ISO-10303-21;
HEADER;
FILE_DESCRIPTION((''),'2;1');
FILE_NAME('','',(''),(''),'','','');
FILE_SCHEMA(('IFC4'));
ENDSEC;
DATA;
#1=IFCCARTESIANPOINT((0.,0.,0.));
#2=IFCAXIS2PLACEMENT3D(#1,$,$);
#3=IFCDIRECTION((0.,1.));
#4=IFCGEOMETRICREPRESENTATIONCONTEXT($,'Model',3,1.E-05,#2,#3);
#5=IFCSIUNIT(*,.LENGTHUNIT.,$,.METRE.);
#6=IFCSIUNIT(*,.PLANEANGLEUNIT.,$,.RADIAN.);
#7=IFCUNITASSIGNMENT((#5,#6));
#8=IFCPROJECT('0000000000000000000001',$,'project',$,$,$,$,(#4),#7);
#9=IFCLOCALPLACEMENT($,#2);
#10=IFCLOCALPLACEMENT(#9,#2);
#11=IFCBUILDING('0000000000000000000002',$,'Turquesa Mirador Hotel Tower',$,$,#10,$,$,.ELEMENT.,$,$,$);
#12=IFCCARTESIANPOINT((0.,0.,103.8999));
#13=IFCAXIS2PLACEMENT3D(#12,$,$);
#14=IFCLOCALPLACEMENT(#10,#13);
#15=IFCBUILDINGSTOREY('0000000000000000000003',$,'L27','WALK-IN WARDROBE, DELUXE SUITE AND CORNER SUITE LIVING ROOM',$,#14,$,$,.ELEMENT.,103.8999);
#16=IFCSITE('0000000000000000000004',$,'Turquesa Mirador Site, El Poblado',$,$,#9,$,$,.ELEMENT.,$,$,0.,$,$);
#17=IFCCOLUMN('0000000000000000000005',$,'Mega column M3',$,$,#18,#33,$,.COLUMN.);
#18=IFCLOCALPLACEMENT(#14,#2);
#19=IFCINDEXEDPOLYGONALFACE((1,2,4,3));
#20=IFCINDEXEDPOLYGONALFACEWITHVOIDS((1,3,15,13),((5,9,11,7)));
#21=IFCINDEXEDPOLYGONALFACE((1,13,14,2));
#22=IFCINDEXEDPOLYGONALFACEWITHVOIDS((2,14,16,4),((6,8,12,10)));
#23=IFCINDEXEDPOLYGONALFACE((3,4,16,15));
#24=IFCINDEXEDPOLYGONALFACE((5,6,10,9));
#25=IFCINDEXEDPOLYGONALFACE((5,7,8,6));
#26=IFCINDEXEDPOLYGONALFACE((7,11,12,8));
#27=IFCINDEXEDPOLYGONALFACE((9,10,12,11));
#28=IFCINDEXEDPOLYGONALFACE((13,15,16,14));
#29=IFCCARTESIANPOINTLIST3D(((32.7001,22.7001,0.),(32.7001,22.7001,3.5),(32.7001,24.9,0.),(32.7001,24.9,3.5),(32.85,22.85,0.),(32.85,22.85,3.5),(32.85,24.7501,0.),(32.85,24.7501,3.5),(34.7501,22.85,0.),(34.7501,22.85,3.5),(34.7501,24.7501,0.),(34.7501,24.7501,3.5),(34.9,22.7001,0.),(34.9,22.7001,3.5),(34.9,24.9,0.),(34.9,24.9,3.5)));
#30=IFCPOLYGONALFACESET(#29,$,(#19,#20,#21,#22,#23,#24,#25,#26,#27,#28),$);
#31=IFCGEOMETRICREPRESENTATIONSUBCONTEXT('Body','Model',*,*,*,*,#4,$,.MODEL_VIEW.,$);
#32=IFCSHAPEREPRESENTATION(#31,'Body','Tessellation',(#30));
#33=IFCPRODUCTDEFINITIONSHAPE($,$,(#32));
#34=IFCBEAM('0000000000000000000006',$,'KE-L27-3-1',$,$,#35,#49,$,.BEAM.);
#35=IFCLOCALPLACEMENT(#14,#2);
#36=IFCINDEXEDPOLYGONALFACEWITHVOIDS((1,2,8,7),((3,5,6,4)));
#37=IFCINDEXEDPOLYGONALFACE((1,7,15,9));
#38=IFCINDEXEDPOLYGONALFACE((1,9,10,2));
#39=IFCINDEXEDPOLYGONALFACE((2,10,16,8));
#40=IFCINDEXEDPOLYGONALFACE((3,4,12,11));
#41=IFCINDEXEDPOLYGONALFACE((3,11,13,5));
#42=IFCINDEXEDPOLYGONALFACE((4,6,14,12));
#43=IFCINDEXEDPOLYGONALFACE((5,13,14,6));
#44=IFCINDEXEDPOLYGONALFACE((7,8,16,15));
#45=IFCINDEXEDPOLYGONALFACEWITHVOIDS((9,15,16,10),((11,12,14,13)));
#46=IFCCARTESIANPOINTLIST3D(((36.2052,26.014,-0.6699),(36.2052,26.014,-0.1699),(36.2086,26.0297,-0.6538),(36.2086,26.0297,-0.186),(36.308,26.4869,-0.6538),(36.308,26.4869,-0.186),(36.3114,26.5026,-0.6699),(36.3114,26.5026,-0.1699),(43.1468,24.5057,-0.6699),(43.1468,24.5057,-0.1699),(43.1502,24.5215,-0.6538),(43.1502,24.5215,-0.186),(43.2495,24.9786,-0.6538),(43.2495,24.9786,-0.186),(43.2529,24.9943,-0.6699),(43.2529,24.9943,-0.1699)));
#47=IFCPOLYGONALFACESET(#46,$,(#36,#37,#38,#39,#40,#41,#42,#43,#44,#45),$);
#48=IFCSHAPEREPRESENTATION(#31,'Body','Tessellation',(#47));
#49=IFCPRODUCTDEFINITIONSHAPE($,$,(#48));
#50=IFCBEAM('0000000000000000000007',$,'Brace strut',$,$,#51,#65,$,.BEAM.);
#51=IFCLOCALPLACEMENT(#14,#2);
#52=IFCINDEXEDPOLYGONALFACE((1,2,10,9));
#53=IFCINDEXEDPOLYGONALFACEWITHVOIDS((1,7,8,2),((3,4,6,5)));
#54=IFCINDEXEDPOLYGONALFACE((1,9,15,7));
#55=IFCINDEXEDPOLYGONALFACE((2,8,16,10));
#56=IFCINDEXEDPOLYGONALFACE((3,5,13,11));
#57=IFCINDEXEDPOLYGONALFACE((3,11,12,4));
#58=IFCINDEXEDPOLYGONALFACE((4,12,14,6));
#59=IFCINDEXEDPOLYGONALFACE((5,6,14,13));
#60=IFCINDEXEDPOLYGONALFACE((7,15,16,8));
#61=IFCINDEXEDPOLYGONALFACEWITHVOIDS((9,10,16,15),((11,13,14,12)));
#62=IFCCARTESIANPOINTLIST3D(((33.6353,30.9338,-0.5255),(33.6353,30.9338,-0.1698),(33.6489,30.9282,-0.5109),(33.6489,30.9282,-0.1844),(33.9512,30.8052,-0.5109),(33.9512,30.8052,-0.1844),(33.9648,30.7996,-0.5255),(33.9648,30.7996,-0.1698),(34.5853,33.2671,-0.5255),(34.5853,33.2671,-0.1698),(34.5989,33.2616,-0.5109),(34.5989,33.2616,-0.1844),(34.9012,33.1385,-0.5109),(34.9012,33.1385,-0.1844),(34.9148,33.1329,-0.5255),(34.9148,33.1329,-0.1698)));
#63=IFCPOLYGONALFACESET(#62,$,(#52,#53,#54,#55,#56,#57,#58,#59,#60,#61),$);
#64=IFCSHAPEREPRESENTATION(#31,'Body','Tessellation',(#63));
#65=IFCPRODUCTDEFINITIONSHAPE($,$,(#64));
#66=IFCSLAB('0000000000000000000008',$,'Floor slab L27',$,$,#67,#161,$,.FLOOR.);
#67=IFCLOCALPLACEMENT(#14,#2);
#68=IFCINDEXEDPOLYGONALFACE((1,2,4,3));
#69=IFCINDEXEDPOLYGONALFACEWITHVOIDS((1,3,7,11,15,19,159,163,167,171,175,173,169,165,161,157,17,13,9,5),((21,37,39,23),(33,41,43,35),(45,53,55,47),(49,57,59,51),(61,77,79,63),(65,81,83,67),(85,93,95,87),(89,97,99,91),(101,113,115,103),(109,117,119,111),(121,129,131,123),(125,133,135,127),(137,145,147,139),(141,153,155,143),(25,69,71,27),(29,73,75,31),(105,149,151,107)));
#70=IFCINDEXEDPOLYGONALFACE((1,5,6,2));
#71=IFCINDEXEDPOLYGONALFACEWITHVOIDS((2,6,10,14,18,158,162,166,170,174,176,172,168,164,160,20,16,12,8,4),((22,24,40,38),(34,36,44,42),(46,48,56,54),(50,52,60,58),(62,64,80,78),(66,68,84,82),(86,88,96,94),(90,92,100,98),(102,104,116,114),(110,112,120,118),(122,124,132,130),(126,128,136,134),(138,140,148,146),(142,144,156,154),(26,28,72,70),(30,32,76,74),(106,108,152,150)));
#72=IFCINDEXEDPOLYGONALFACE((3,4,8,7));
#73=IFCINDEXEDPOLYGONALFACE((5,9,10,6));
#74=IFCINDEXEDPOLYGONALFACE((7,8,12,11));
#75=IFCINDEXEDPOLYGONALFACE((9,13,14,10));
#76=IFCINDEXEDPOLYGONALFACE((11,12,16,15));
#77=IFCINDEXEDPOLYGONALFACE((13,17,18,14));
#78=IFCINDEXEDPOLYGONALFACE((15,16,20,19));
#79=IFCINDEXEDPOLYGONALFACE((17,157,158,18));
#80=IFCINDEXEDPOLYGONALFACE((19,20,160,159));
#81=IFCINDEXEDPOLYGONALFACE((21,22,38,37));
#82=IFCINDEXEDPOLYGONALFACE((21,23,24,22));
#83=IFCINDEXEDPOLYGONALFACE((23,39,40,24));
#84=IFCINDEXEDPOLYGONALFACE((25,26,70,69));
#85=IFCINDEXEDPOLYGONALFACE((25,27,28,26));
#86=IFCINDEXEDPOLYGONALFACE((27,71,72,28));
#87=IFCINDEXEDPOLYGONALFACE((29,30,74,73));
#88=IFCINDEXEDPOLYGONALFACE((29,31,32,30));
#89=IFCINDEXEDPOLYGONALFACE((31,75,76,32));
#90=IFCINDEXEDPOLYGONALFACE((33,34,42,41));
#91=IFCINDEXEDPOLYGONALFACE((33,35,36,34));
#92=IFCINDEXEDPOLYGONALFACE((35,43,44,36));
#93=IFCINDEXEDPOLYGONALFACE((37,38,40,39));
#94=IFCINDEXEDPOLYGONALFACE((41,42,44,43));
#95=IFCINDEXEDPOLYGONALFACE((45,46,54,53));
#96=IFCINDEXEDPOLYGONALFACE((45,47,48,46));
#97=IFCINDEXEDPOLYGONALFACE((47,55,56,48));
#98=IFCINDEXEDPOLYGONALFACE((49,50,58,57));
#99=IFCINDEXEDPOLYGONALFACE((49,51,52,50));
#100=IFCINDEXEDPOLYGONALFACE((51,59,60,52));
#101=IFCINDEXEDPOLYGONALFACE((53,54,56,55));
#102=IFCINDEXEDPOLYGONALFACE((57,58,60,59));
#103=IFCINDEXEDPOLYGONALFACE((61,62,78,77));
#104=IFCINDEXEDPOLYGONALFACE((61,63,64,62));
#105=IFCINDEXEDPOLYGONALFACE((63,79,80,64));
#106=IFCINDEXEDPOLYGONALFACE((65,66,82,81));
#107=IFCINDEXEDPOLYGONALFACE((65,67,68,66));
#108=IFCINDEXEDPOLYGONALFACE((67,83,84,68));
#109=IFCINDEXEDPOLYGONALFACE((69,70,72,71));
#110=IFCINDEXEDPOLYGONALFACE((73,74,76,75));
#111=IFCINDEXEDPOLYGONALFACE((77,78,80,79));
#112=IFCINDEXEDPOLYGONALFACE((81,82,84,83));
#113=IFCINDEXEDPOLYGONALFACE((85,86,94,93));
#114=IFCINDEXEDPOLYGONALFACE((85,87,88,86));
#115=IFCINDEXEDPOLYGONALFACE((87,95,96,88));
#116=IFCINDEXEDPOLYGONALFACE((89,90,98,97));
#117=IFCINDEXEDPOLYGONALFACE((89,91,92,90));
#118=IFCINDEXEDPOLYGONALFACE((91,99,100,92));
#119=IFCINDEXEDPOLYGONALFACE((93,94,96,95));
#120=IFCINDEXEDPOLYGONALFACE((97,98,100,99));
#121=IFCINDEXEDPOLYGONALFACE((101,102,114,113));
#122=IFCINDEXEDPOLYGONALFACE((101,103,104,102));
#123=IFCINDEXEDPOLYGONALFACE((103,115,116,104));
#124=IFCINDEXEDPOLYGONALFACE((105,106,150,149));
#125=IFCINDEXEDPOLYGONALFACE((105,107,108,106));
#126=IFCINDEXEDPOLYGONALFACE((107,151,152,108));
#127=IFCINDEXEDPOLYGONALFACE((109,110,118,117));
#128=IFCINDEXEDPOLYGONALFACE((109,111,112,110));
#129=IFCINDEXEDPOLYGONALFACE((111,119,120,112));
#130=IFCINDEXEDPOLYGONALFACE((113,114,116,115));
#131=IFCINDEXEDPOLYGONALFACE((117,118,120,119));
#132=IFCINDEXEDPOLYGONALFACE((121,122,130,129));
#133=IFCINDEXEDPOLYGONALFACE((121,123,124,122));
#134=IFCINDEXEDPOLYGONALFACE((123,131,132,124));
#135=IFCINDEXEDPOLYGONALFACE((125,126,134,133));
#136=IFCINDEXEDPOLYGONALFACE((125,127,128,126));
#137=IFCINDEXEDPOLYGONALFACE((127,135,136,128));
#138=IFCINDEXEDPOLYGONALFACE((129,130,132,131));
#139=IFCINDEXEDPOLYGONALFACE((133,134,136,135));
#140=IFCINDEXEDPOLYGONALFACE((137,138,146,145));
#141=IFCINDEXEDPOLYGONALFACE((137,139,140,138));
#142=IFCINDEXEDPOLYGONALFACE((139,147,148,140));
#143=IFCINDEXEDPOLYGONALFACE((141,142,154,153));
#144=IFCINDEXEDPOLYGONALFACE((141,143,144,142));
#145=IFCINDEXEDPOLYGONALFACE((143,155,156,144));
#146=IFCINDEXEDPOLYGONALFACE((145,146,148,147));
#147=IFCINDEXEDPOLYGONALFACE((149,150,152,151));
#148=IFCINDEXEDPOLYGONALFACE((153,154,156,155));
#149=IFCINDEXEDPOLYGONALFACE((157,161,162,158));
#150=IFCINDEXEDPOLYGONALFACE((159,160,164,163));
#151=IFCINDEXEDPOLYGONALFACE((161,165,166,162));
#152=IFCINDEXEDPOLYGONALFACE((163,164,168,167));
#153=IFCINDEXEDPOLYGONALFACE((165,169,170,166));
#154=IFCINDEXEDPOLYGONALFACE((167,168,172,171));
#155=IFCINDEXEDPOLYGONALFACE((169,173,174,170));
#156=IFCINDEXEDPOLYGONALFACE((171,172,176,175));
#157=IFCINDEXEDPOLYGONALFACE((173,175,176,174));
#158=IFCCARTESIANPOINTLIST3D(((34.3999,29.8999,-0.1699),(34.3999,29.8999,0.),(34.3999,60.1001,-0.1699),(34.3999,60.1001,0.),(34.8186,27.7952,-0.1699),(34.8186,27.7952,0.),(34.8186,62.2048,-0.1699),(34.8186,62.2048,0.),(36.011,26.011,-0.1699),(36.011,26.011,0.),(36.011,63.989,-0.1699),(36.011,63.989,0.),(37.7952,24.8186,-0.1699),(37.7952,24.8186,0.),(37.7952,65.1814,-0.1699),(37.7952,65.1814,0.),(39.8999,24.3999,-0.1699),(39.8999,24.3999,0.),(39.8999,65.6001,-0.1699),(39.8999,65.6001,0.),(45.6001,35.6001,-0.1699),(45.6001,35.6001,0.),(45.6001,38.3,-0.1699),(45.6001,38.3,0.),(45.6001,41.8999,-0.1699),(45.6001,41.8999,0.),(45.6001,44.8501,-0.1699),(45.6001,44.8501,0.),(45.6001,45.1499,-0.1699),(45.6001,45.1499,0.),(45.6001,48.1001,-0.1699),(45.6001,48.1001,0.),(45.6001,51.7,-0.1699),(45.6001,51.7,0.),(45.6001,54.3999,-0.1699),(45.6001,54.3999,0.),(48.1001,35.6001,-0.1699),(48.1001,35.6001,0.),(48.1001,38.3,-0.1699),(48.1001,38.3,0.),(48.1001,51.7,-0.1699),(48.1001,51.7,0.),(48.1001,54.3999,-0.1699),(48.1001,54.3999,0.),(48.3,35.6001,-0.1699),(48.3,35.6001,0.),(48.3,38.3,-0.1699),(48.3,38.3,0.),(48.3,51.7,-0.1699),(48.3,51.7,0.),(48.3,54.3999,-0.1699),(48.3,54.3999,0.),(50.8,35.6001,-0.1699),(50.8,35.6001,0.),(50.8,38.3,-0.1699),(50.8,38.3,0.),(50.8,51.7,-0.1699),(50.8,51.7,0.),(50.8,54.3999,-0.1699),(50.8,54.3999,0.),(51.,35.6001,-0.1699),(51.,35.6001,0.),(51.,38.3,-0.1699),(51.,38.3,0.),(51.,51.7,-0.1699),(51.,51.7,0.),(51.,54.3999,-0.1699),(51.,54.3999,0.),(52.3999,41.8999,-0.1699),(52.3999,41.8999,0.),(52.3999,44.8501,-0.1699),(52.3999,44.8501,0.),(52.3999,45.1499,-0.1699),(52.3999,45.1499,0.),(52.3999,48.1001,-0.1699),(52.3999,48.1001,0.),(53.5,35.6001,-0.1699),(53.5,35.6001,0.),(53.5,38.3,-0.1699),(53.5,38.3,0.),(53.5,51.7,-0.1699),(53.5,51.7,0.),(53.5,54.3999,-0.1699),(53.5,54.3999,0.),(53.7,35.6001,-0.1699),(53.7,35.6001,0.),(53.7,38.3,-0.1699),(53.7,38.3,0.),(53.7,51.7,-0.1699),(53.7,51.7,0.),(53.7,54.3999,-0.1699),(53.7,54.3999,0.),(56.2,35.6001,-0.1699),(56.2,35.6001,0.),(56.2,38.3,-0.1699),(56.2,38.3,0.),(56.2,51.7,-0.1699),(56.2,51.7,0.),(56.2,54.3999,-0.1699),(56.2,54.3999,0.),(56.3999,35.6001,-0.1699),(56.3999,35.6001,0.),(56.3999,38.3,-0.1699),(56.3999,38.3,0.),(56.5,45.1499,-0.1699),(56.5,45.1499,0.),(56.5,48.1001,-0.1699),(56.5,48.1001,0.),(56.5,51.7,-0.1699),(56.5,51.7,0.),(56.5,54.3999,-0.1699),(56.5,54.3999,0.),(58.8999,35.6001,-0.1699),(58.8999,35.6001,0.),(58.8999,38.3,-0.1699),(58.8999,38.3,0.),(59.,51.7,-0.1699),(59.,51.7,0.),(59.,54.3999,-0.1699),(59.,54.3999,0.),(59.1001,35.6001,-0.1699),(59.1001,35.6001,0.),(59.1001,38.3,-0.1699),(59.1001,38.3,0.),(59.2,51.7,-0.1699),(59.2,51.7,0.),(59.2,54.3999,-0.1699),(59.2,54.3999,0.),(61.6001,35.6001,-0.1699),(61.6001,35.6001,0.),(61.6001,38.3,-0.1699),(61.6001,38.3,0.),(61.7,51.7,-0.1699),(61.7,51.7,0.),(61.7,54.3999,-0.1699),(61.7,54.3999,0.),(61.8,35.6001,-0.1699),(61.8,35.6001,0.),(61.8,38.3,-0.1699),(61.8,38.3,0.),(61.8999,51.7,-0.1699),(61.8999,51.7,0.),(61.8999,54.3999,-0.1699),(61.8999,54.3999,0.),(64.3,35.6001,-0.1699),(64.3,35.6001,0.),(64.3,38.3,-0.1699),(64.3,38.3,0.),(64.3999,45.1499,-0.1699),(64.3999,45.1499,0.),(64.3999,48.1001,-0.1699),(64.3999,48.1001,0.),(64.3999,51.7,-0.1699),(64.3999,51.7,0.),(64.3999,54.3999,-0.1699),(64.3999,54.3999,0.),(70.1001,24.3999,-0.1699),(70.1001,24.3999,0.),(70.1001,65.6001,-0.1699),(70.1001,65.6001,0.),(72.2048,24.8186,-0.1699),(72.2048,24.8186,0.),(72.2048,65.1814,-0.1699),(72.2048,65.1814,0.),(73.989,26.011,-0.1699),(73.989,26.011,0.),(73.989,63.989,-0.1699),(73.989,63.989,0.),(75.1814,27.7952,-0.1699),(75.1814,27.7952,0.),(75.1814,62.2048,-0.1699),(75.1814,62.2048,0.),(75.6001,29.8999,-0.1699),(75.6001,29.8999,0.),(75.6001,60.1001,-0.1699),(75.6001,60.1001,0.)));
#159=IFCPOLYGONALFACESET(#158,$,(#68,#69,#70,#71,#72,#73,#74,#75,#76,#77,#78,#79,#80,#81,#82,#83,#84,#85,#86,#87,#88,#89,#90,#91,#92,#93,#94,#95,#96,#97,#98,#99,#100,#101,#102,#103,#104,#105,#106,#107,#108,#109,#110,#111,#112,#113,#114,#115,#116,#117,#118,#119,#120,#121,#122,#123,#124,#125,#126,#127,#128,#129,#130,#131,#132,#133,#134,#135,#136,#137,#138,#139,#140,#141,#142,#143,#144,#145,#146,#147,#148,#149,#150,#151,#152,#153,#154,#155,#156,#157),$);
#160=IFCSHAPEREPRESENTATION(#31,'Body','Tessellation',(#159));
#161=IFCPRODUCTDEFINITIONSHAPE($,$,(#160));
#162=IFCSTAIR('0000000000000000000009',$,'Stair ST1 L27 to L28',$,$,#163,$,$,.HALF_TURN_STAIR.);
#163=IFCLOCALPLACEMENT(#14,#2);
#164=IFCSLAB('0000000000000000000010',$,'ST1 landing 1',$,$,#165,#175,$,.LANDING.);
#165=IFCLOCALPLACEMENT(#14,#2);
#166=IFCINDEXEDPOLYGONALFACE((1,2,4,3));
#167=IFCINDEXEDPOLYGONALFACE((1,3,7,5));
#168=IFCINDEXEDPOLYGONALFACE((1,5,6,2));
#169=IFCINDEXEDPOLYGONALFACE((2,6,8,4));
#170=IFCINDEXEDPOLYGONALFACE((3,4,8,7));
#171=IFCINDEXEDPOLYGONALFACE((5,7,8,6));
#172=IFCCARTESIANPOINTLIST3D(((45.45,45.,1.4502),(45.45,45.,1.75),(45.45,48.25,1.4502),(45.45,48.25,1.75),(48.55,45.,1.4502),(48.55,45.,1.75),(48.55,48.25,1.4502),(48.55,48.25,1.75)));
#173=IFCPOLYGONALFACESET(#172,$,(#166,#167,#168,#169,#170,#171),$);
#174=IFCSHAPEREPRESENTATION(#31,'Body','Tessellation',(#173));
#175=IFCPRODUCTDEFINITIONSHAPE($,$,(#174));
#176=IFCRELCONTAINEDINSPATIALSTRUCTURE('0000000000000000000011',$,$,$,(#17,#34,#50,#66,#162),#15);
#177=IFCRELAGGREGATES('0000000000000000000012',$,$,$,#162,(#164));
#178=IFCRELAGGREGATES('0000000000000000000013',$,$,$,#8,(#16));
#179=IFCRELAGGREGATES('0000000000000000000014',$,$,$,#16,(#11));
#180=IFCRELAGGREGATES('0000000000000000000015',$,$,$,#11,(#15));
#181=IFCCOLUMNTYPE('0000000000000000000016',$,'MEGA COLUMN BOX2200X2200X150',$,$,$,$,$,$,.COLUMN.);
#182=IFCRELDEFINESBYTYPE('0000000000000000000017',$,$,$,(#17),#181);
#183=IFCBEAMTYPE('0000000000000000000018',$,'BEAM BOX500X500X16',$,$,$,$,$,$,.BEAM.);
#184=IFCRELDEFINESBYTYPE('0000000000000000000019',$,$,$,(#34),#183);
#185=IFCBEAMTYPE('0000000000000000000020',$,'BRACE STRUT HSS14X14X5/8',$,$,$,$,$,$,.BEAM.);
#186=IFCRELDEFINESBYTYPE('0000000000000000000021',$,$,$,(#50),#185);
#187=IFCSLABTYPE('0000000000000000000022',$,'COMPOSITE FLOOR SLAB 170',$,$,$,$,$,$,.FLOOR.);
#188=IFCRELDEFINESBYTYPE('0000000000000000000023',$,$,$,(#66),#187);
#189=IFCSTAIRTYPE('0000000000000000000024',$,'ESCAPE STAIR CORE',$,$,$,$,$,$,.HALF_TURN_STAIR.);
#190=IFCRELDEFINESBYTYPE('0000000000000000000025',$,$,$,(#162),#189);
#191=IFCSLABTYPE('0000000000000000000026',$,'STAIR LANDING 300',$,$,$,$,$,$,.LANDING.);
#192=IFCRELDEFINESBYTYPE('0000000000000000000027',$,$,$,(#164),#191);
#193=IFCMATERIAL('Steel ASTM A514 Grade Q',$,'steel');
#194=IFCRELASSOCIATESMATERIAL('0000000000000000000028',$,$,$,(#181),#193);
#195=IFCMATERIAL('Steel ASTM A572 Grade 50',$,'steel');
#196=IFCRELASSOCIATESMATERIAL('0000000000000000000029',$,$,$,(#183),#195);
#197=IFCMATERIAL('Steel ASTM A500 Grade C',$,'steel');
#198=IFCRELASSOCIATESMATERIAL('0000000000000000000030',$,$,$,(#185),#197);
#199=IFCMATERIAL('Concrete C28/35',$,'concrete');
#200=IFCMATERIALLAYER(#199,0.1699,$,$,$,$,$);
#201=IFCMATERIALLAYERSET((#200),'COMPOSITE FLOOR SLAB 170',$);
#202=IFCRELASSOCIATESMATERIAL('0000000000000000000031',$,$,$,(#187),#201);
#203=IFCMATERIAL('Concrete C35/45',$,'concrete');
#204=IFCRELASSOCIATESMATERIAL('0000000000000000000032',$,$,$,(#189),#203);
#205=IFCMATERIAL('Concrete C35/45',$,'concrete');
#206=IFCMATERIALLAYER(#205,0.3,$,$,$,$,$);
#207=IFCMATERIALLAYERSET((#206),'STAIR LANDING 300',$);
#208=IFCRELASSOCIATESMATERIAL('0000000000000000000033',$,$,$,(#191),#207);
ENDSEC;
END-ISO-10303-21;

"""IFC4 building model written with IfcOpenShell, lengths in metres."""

from ifc_helpers import new_model, si_unit, direction, frame, origin, origin_2d, place, context, subcontext, project, spatial, polyline, hollow_rectangle, outline, extrude, material, layer, layer_set, material_profile, profile_set, type_object, element, aggregate, save


model = new_model("IFC4")

# Units and contexts
model_context = context("Model", 3, precision=1e-05, world=origin(), true_north=direction((0.0, 1.0)))
body_context = subcontext(model_context, "Body", "Model", "MODEL_VIEW")
ifc_project = project(units=[si_unit("LENGTHUNIT", "METRE"), si_unit("PLANEANGLEUNIT", "RADIAN")], contexts=[model_context])

# Site, building, storey
site_placement = place(None, origin())
site = spatial("IfcSite", under=ifc_project, at=site_placement, Name="Turquesa Mirador Site, El Poblado", CompositionType="ELEMENT", RefElevation=0.0)
building_placement = place(site_placement, origin())
building = spatial("IfcBuilding", under=site, at=building_placement, Name="Turquesa Mirador Hotel Tower", CompositionType="ELEMENT")
storey_placement = place(building_placement, frame((0.0, 0.0, 103.8999)))
storey = spatial("IfcBuildingStorey", under=building, at=storey_placement, Name="L27", Description="WALK-IN WARDROBE, DELUXE SUITE AND CORNER SUITE LIVING ROOM", CompositionType="ELEMENT", Elevation=103.8999)

# Column
ifc_material_1 = material(Name="Steel ASTM A514 Grade Q", Category="steel")
ifc_material_profile_1 = material_profile(ifc_material_1, hollow_rectangle(XDim=2.2, YDim=2.2, WallThickness=0.1499, at=origin_2d()), Name="BOX2200X2200X150")
ifc_profile_set_1 = profile_set([ifc_material_profile_1], Name="Steel ASTM A514 Grade Q")
column_type = type_object("IfcColumnType", Name="MEGA COLUMN BOX2200X2200X150", PredefinedType="COLUMN", material=ifc_profile_set_1)
column_placement = place(storey_placement, frame((33.8, 23.8, 0.0), z_axis=(0.0, 0.0, 1.0), x_axis=(1.0, 0.0, 0.0)))
element("IfcColumn", 1, at=column_placement, inside=storey, type_object=column_type, Name="Mega column M3", PredefinedType="COLUMN", context=body_context, shape_type="SweptSolid", body=[
    extrude(hollow_rectangle(XDim=2.2, YDim=2.2, WallThickness=0.1499, at=origin_2d()), origin(), (0.0, 0.0, 1.0), 3.5),
])

# Beams
ifc_material_2 = material(Name="Steel ASTM A572 Grade 50", Category="steel")
ifc_material_profile_2 = material_profile(ifc_material_2, hollow_rectangle(XDim=0.5, YDim=0.5, WallThickness=0.0161, at=origin_2d()), Name="BOX500X500X16")
ifc_profile_set_2 = profile_set([ifc_material_profile_2], Name="Steel ASTM A572 Grade 50")
beam_type_1 = type_object("IfcBeamType", Name="BEAM BOX500X500X16", PredefinedType="BEAM", material=ifc_profile_set_2)
beam_1_placement = place(storey_placement, frame((36.2583, 26.2583, -0.4199), z_axis=(0.977198, -0.212328, 0.0), x_axis=(0.212328, 0.977198, 0.0)))
element("IfcBeam", 2, at=beam_1_placement, inside=storey, type_object=beam_type_1, Name="KE-L27-3-1", PredefinedType="BEAM", context=body_context, shape_type="SweptSolid", body=[
    extrude(hollow_rectangle(XDim=0.5, YDim=0.5, WallThickness=0.0161, at=origin_2d()), origin(), (0.0, 0.0, 1.0), 7.1035),
])
ifc_material_3 = material(Name="Steel ASTM A500 Grade C", Category="steel")
ifc_material_profile_3 = material_profile(ifc_material_3, hollow_rectangle(XDim=0.3557, YDim=0.3557, WallThickness=0.0146, at=origin_2d()), Name="HSS14X14X5/8")
ifc_profile_set_3 = profile_set([ifc_material_profile_3], Name="Steel ASTM A500 Grade C")
beam_type_2 = type_object("IfcBeamType", Name="BRACE STRUT HSS14X14X5/8", PredefinedType="BEAM", material=ifc_profile_set_3)
beam_2_placement = place(storey_placement, frame((33.8, 30.8667, -0.3477), z_axis=(0.377081, 0.92618, 0.0), x_axis=(-0.92618, 0.377081, 0.0)))
element("IfcBeam", 3, at=beam_2_placement, inside=storey, type_object=beam_type_2, Name="Brace strut", PredefinedType="BEAM", context=body_context, shape_type="SweptSolid", body=[
    extrude(hollow_rectangle(XDim=0.3557, YDim=0.3557, WallThickness=0.0146, at=origin_2d()), origin(), (0.0, 0.0, 1.0), 2.5193),
])

# Slab
ifc_material_4 = material(Name="Concrete C28/35", Category="concrete")
ifc_layer_1 = layer(ifc_material_4, 0.1699)
ifc_layer_set_1 = layer_set([ifc_layer_1], Name="COMPOSITE FLOOR SLAB 170")
slab_type_1 = type_object("IfcSlabType", Name="COMPOSITE FLOOR SLAB 170", PredefinedType="FLOOR", material=ifc_layer_set_1)
slab_1_placement = place(storey_placement, frame((0.0, 0.0, -0.1699)))
element("IfcSlab", 4, at=slab_1_placement, inside=storey, type_object=slab_type_1, Name="Floor slab L27", PredefinedType="FLOOR", context=body_context, shape_type="SweptSolid", body=[
    extrude(outline(polyline([(70.1001, 24.3999), (72.2048, 24.8186), (73.989, 26.011), (75.1814, 27.7952), (75.6001, 29.8999), (75.6001, 60.1001), (75.1814, 62.2048), (73.989, 63.989), (72.2048, 65.1814), (70.1001, 65.6001), (39.8999, 65.6001), (37.7952, 65.1814), (36.011, 63.989), (34.8186, 62.2048), (34.3999, 60.1001), (34.3999, 29.8999), (34.8186, 27.7952), (36.011, 26.011), (37.7952, 24.8186), (39.8999, 24.3999), (70.1001, 24.3999)]), holes=[polyline([(45.6001, 51.7), (48.1001, 51.7), (48.1001, 54.3999), (45.6001, 54.3999), (45.6001, 51.7)]), polyline([(48.3, 51.7), (50.8, 51.7), (50.8, 54.3999), (48.3, 54.3999), (48.3, 51.7)]), polyline([(51.0, 51.7), (53.5, 51.7), (53.5, 54.3999), (51.0, 54.3999), (51.0, 51.7)]), polyline([(53.7, 51.7), (56.2, 51.7), (56.2, 54.3999), (53.7, 54.3999), (53.7, 51.7)]), polyline([(56.5, 51.7), (59.0, 51.7), (59.0, 54.3999), (56.5, 54.3999), (56.5, 51.7)]), polyline([(59.2, 51.7), (61.7, 51.7), (61.7, 54.3999), (59.2, 54.3999), (59.2, 51.7)]), polyline([(45.6001, 35.6001), (48.1001, 35.6001), (48.1001, 38.3), (45.6001, 38.3), (45.6001, 35.6001)]), polyline([(48.3, 35.6001), (50.8, 35.6001), (50.8, 38.3), (48.3, 38.3), (48.3, 35.6001)]), polyline([(51.0, 35.6001), (53.5, 35.6001), (53.5, 38.3), (51.0, 38.3), (51.0, 35.6001)]), polyline([(53.7, 35.6001), (56.2, 35.6001), (56.2, 38.3), (53.7, 38.3), (53.7, 35.6001)]), polyline([(56.3999, 35.6001), (58.8999, 35.6001), (58.8999, 38.3), (56.3999, 38.3), (56.3999, 35.6001)]), polyline([(59.1001, 35.6001), (61.6001, 35.6001), (61.6001, 38.3), (59.1001, 38.3), (59.1001, 35.6001)]), polyline([(61.8, 35.6001), (64.3, 35.6001), (64.3, 38.3), (61.8, 38.3), (61.8, 35.6001)]), polyline([(45.6001, 45.1499), (52.3999, 45.1499), (52.3999, 48.1001), (45.6001, 48.1001), (45.6001, 45.1499)]), polyline([(45.6001, 41.8999), (52.3999, 41.8999), (52.3999, 44.8501), (45.6001, 44.8501), (45.6001, 41.8999)]), polyline([(56.5, 45.1499), (64.3999, 45.1499), (64.3999, 48.1001), (56.5, 48.1001), (56.5, 45.1499)]), polyline([(61.8999, 51.7), (64.3999, 51.7), (64.3999, 54.3999), (61.8999, 54.3999), (61.8999, 51.7)])]), origin(), (0.0, 0.0, 1.0), 0.1699),
])

# Stair, slab
ifc_material_5 = material(Name="Concrete C35/45", Category="concrete")
stair_type = type_object("IfcStairType", Name="ESCAPE STAIR CORE", PredefinedType="HALF_TURN_STAIR", material=ifc_material_5)
stair_1_placement = place(storey_placement, origin())
stair_1 = element("IfcStair", 5, at=stair_1_placement, inside=storey, type_object=stair_type, Name="Stair ST1 L27 to L28", PredefinedType="HALF_TURN_STAIR")
ifc_material_6 = material(Name="Concrete C35/45", Category="concrete")
ifc_layer_2 = layer(ifc_material_6, 0.3)
ifc_layer_set_2 = layer_set([ifc_layer_2], Name="STAIR LANDING 300")
slab_type_2 = type_object("IfcSlabType", Name="STAIR LANDING 300", PredefinedType="LANDING", material=ifc_layer_set_2)
slab_2_placement = place(storey_placement, frame((0.0, 0.0, 1.4502)))
slab_2 = element("IfcSlab", 6, at=slab_2_placement, type_object=slab_type_2, Name="ST1 landing 1", PredefinedType="LANDING", context=body_context, shape_type="SweptSolid", body=[
    extrude(outline(polyline([(45.45, 45.0), (48.55, 45.0), (48.55, 48.25), (45.45, 48.25), (45.45, 45.0)])), origin(), (0.0, 0.0, 1.0), 0.2998),
])
aggregate(stair_1, [slab_2])

save(model, "model.ifc")
